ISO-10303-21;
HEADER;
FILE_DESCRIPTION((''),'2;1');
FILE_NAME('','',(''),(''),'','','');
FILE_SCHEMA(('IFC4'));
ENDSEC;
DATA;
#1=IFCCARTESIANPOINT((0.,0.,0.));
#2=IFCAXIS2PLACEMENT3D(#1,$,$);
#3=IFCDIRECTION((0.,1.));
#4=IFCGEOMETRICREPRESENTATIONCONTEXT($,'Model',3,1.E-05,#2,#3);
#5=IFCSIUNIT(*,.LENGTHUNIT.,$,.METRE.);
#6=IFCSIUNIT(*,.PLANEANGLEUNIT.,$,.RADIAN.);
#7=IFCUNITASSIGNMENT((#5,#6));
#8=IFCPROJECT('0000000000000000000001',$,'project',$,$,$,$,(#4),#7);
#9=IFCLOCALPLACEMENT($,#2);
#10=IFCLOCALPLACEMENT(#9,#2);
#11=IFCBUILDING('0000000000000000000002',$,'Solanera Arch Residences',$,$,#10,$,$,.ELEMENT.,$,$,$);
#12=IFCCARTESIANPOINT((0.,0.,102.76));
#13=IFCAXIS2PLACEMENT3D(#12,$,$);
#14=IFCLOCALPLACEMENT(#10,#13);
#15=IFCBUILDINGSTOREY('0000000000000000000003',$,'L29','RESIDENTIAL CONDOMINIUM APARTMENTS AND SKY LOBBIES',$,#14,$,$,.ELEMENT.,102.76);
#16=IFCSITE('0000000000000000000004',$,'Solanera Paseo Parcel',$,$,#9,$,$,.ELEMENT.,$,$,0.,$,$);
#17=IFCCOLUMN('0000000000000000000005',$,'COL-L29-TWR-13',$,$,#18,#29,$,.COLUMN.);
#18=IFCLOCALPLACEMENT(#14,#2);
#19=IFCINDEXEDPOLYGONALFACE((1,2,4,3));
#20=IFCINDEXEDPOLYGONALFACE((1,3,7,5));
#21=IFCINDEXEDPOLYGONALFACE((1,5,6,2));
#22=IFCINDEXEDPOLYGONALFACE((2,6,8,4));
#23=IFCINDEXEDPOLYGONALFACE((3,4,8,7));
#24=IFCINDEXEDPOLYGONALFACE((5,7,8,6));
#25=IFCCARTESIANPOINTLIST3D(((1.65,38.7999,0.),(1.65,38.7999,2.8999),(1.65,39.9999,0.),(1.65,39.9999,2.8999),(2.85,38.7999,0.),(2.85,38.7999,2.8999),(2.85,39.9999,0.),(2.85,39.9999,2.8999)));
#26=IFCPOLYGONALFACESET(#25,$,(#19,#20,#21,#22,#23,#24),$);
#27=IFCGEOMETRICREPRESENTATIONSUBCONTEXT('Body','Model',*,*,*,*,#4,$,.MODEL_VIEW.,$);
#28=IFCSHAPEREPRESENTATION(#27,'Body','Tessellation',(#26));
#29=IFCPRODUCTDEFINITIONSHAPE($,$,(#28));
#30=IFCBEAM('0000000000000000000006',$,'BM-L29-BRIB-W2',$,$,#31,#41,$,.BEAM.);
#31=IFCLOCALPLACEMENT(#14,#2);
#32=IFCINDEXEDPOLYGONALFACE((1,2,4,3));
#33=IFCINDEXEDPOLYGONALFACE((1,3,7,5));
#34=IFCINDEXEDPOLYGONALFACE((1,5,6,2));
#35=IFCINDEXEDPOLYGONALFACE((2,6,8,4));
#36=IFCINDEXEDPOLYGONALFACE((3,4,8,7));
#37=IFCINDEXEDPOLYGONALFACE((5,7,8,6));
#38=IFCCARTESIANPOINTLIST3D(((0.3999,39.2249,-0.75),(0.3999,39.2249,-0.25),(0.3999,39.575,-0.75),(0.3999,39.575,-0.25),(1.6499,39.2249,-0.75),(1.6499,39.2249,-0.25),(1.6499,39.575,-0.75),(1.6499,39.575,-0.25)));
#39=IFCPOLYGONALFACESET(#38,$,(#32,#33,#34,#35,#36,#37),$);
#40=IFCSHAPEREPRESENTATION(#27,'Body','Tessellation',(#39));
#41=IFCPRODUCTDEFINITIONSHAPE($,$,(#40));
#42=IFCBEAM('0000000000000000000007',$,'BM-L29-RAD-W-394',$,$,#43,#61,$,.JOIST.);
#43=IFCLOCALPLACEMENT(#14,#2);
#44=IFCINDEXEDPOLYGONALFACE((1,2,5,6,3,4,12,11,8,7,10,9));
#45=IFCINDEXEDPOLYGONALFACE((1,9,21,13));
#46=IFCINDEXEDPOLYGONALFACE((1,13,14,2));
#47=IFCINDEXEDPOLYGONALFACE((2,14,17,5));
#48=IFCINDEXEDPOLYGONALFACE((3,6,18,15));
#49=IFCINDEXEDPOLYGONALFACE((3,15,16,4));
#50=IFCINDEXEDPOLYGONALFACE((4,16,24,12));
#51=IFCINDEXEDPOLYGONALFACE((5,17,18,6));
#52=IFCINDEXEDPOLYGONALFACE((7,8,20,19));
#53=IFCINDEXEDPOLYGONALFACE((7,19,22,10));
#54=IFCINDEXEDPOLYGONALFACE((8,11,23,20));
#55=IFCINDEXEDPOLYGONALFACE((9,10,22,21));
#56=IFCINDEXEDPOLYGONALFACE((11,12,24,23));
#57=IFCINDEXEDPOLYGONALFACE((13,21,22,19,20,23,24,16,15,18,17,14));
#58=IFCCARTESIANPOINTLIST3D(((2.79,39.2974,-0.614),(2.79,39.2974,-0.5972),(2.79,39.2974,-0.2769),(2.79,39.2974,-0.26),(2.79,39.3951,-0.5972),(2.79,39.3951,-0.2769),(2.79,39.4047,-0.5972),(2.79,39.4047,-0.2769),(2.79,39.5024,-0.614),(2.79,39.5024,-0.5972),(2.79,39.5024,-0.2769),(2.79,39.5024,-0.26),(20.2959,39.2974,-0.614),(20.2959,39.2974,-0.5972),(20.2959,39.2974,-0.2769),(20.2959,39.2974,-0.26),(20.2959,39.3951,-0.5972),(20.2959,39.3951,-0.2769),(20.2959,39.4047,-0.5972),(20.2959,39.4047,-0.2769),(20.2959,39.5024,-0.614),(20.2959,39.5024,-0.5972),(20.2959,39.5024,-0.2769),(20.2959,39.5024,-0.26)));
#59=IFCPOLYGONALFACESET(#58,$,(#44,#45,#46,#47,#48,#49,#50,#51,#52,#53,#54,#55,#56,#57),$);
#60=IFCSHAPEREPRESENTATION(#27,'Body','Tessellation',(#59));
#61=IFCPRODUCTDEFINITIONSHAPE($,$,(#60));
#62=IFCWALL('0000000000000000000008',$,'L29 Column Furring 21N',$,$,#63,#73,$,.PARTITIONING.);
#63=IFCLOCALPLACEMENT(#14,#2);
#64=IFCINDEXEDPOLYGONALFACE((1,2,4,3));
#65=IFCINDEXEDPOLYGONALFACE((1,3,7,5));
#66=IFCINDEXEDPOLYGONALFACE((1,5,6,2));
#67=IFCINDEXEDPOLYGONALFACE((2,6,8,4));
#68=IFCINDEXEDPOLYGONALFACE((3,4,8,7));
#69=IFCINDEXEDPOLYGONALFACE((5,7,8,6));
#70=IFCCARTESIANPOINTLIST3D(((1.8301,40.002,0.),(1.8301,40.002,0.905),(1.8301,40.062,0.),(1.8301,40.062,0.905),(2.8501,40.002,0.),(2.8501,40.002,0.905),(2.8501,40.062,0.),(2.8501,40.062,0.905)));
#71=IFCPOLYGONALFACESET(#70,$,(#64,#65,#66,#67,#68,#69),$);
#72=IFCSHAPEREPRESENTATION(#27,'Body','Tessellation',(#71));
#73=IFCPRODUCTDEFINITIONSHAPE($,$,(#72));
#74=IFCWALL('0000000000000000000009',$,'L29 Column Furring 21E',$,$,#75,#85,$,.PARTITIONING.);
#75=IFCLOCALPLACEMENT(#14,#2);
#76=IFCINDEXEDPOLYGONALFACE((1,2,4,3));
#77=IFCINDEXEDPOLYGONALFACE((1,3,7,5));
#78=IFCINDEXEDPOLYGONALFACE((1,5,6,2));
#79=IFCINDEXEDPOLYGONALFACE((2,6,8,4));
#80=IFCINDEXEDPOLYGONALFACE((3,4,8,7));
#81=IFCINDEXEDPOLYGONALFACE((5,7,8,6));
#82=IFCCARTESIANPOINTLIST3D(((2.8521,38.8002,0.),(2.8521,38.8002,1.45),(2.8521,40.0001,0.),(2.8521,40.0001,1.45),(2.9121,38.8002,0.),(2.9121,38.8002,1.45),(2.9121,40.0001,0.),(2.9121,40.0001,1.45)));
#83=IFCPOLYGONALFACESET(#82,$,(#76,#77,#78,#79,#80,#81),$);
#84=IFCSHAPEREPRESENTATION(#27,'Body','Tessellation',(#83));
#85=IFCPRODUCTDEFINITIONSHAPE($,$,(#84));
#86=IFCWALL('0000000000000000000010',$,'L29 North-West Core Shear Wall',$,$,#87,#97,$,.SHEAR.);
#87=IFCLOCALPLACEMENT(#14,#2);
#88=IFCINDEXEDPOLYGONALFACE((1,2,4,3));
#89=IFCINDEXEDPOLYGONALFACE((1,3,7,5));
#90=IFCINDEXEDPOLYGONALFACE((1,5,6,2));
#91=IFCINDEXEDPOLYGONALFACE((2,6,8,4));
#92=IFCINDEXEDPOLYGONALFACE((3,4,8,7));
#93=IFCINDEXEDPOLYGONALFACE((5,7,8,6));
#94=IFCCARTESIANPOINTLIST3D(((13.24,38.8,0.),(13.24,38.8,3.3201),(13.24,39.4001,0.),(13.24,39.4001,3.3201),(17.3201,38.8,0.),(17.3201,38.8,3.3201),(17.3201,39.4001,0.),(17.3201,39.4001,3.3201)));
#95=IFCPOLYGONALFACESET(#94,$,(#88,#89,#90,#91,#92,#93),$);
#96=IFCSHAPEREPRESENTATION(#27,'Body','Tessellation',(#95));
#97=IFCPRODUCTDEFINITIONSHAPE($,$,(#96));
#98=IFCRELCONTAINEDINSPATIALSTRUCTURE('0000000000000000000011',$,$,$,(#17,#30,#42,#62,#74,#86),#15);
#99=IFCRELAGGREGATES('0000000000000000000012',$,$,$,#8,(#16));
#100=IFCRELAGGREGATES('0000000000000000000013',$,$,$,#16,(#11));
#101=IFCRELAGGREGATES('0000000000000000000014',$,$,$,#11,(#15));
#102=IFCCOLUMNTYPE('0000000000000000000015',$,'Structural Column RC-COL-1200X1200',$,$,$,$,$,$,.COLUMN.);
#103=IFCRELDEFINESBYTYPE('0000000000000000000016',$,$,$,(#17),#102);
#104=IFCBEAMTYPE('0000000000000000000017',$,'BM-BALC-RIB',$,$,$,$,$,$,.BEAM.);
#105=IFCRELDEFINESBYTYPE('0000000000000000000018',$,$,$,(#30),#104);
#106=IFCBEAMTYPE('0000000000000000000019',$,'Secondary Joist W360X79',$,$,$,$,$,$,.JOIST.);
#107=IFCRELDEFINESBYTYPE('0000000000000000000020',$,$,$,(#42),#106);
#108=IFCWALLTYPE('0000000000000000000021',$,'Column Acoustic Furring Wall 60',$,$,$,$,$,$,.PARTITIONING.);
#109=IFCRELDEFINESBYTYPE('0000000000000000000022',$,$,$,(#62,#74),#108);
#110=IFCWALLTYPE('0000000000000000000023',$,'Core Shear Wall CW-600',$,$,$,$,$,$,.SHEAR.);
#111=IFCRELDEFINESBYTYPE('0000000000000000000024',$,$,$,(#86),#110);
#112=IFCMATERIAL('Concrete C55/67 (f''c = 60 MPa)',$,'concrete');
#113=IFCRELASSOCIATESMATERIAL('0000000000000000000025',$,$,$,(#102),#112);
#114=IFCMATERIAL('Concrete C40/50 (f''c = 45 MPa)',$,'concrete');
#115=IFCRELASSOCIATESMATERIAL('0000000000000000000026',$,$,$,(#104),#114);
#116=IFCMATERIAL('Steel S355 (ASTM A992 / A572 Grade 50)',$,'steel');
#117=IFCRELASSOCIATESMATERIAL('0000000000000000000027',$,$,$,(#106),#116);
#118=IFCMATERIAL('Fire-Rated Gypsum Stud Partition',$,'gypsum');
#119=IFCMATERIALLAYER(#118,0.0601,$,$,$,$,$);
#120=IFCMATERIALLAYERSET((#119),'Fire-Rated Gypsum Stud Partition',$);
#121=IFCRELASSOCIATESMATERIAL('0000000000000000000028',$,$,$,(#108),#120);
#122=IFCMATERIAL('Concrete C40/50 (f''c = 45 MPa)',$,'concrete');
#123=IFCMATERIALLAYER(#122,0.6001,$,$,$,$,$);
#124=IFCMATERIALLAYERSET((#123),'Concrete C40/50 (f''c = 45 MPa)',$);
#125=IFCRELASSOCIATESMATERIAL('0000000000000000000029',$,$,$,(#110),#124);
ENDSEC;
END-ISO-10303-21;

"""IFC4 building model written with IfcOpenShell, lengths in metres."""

from ifc_helpers import new_model, si_unit, direction, frame, frame_2d, origin, origin_2d, place, context, subcontext, project, spatial, rectangle, i_section, extrude, material, layer, layer_set, material_profile, profile_set, type_object, element, save


model = new_model("IFC4")

# Units and contexts
model_context = context("Model", 3, precision=1e-05, world=origin(), true_north=direction((0.0, 1.0)))
body_context = subcontext(model_context, "Body", "Model", "MODEL_VIEW")
ifc_project = project(units=[si_unit("LENGTHUNIT", "METRE"), si_unit("PLANEANGLEUNIT", "RADIAN")], contexts=[model_context])

# Site, building, storey
site_placement = place(None, origin())
site = spatial("IfcSite", under=ifc_project, at=site_placement, Name="Solanera Paseo Parcel", CompositionType="ELEMENT", RefElevation=0.0)
building_placement = place(site_placement, origin())
building = spatial("IfcBuilding", under=site, at=building_placement, Name="Solanera Arch Residences", CompositionType="ELEMENT")
storey_placement = place(building_placement, frame((0.0, 0.0, 102.76)))
storey = spatial("IfcBuildingStorey", under=building, at=storey_placement, Name="L29", Description="RESIDENTIAL CONDOMINIUM APARTMENTS AND SKY LOBBIES", CompositionType="ELEMENT", Elevation=102.76)

# Column
ifc_material_1 = material(Name="Concrete C55/67 (f'c = 60 MPa)", Category="concrete")
ifc_material_profile_1 = material_profile(ifc_material_1, rectangle(XDim=1.2, YDim=1.2, at=origin_2d()))
ifc_profile_set_1 = profile_set([ifc_material_profile_1], Name="Concrete C55/67 (f'c = 60 MPa)")
column_type = type_object("IfcColumnType", Name="Structural Column RC-COL-1200X1200", PredefinedType="COLUMN", material=ifc_profile_set_1)
column_placement = place(storey_placement, frame((2.25, 39.3999, 0.0), z_axis=(0.0, 0.0, 1.0), x_axis=(1.0, 0.0, 0.0)))
element("IfcColumn", 1, at=column_placement, inside=storey, type_object=column_type, Name="COL-L29-TWR-13", PredefinedType="COLUMN", context=body_context, shape_type="SweptSolid", body=[
    extrude(rectangle(XDim=1.2, YDim=1.2, at=origin_2d()), origin(), (0.0, 0.0, 1.0), 2.8999),
])

# Beams
ifc_material_2 = material(Name="Concrete C40/50 (f'c = 45 MPa)", Category="concrete")
ifc_material_profile_2 = material_profile(ifc_material_2, rectangle(XDim=0.3501, YDim=0.5, at=origin_2d()))
ifc_profile_set_2 = profile_set([ifc_material_profile_2], Name="Concrete C40/50 (f'c = 45 MPa)")
beam_type_1 = type_object("IfcBeamType", Name="BM-BALC-RIB", PredefinedType="BEAM", material=ifc_profile_set_2)
beam_1_placement = place(storey_placement, frame((0.3999, 39.3999, -0.5), z_axis=(1.0, 0.0, 0.0), x_axis=(0.0, 1.0, 0.0)))
element("IfcBeam", 2, at=beam_1_placement, inside=storey, type_object=beam_type_1, Name="BM-L29-BRIB-W2", PredefinedType="BEAM", context=body_context, shape_type="SweptSolid", body=[
    extrude(rectangle(XDim=0.3501, YDim=0.5, at=origin_2d()), origin(), (0.0, 0.0, 1.0), 1.25),
])
ifc_material_3 = material(Name="Steel S355 (ASTM A992 / A572 Grade 50)", Category="steel")
ifc_material_profile_3 = material_profile(ifc_material_3, i_section(OverallWidth=0.2051, OverallDepth=0.354, WebThickness=0.0095, FlangeThickness=0.0168, at=origin_2d()))
ifc_profile_set_3 = profile_set([ifc_material_profile_3], Name="Steel S355 (ASTM A992 / A572 Grade 50)")
beam_type_2 = type_object("IfcBeamType", Name="Secondary Joist W360X79", PredefinedType="JOIST", material=ifc_profile_set_3)
beam_2_placement = place(storey_placement, frame((2.79, 39.3999, -0.437), z_axis=(1.0, 0.0, 0.0), x_axis=(0.0, 1.0, 0.0)))
element("IfcBeam", 3, at=beam_2_placement, inside=storey, type_object=beam_type_2, Name="BM-L29-RAD-W-394", PredefinedType="JOIST", context=body_context, shape_type="SweptSolid", body=[
    extrude(i_section(OverallWidth=0.2051, OverallDepth=0.354, WebThickness=0.0095, FlangeThickness=0.0168, at=origin_2d()), origin(), (0.0, 0.0, 1.0), 17.5059),
])

# Walls
ifc_material_4 = material(Name="Fire-Rated Gypsum Stud Partition", Category="gypsum")
ifc_layer_1 = layer(ifc_material_4, 0.0601)
ifc_layer_set_1 = layer_set([ifc_layer_1], Name="Fire-Rated Gypsum Stud Partition")
wall_type_1 = type_object("IfcWallType", Name="Column Acoustic Furring Wall 60", PredefinedType="PARTITIONING", material=ifc_layer_set_1)
wall_1_placement = place(storey_placement, frame((1.8301, 40.032, 0.0), z_axis=(0.0, 0.0, 1.0), x_axis=(1.0, 0.0, 0.0)))
element("IfcWall", 4, at=wall_1_placement, inside=storey, type_object=wall_type_1, Name="L29 Column Furring 21N", PredefinedType="PARTITIONING", context=body_context, shape_type="SweptSolid", body=[
    extrude(rectangle(XDim=1.02, YDim=0.0601, at=frame_2d((0.51, 0.0))), origin(), (0.0, 0.0, 1.0), 0.905),
])
wall_2_placement = place(storey_placement, frame((2.8821, 38.8, 0.0), z_axis=(0.0, 0.0, 1.0), x_axis=(0.0, 1.0, 0.0)))
element("IfcWall", 5, at=wall_2_placement, inside=storey, type_object=wall_type_1, Name="L29 Column Furring 21E", PredefinedType="PARTITIONING", context=body_context, shape_type="SweptSolid", body=[
    extrude(rectangle(XDim=1.2, YDim=0.0601, at=frame_2d((0.6001, 0.0))), origin(), (0.0, 0.0, 1.0), 1.45),
])
ifc_material_5 = material(Name="Concrete C40/50 (f'c = 45 MPa)", Category="concrete")
ifc_layer_2 = layer(ifc_material_5, 0.6001)
ifc_layer_set_2 = layer_set([ifc_layer_2], Name="Concrete C40/50 (f'c = 45 MPa)")
wall_type_2 = type_object("IfcWallType", Name="Core Shear Wall CW-600", PredefinedType="SHEAR", material=ifc_layer_set_2)
wall_3_placement = place(storey_placement, frame((13.24, 39.1001, 0.0), z_axis=(0.0, 0.0, 1.0), x_axis=(1.0, 0.0, 0.0)))
element("IfcWall", 6, at=wall_3_placement, inside=storey, type_object=wall_type_2, Name="L29 North-West Core Shear Wall", PredefinedType="SHEAR", context=body_context, shape_type="SweptSolid", body=[
    extrude(rectangle(XDim=4.0801, YDim=0.6001, at=frame_2d((2.04, 0.0))), origin(), (0.0, 0.0, 1.0), 3.3201),
])

save(model, "model.ifc")
